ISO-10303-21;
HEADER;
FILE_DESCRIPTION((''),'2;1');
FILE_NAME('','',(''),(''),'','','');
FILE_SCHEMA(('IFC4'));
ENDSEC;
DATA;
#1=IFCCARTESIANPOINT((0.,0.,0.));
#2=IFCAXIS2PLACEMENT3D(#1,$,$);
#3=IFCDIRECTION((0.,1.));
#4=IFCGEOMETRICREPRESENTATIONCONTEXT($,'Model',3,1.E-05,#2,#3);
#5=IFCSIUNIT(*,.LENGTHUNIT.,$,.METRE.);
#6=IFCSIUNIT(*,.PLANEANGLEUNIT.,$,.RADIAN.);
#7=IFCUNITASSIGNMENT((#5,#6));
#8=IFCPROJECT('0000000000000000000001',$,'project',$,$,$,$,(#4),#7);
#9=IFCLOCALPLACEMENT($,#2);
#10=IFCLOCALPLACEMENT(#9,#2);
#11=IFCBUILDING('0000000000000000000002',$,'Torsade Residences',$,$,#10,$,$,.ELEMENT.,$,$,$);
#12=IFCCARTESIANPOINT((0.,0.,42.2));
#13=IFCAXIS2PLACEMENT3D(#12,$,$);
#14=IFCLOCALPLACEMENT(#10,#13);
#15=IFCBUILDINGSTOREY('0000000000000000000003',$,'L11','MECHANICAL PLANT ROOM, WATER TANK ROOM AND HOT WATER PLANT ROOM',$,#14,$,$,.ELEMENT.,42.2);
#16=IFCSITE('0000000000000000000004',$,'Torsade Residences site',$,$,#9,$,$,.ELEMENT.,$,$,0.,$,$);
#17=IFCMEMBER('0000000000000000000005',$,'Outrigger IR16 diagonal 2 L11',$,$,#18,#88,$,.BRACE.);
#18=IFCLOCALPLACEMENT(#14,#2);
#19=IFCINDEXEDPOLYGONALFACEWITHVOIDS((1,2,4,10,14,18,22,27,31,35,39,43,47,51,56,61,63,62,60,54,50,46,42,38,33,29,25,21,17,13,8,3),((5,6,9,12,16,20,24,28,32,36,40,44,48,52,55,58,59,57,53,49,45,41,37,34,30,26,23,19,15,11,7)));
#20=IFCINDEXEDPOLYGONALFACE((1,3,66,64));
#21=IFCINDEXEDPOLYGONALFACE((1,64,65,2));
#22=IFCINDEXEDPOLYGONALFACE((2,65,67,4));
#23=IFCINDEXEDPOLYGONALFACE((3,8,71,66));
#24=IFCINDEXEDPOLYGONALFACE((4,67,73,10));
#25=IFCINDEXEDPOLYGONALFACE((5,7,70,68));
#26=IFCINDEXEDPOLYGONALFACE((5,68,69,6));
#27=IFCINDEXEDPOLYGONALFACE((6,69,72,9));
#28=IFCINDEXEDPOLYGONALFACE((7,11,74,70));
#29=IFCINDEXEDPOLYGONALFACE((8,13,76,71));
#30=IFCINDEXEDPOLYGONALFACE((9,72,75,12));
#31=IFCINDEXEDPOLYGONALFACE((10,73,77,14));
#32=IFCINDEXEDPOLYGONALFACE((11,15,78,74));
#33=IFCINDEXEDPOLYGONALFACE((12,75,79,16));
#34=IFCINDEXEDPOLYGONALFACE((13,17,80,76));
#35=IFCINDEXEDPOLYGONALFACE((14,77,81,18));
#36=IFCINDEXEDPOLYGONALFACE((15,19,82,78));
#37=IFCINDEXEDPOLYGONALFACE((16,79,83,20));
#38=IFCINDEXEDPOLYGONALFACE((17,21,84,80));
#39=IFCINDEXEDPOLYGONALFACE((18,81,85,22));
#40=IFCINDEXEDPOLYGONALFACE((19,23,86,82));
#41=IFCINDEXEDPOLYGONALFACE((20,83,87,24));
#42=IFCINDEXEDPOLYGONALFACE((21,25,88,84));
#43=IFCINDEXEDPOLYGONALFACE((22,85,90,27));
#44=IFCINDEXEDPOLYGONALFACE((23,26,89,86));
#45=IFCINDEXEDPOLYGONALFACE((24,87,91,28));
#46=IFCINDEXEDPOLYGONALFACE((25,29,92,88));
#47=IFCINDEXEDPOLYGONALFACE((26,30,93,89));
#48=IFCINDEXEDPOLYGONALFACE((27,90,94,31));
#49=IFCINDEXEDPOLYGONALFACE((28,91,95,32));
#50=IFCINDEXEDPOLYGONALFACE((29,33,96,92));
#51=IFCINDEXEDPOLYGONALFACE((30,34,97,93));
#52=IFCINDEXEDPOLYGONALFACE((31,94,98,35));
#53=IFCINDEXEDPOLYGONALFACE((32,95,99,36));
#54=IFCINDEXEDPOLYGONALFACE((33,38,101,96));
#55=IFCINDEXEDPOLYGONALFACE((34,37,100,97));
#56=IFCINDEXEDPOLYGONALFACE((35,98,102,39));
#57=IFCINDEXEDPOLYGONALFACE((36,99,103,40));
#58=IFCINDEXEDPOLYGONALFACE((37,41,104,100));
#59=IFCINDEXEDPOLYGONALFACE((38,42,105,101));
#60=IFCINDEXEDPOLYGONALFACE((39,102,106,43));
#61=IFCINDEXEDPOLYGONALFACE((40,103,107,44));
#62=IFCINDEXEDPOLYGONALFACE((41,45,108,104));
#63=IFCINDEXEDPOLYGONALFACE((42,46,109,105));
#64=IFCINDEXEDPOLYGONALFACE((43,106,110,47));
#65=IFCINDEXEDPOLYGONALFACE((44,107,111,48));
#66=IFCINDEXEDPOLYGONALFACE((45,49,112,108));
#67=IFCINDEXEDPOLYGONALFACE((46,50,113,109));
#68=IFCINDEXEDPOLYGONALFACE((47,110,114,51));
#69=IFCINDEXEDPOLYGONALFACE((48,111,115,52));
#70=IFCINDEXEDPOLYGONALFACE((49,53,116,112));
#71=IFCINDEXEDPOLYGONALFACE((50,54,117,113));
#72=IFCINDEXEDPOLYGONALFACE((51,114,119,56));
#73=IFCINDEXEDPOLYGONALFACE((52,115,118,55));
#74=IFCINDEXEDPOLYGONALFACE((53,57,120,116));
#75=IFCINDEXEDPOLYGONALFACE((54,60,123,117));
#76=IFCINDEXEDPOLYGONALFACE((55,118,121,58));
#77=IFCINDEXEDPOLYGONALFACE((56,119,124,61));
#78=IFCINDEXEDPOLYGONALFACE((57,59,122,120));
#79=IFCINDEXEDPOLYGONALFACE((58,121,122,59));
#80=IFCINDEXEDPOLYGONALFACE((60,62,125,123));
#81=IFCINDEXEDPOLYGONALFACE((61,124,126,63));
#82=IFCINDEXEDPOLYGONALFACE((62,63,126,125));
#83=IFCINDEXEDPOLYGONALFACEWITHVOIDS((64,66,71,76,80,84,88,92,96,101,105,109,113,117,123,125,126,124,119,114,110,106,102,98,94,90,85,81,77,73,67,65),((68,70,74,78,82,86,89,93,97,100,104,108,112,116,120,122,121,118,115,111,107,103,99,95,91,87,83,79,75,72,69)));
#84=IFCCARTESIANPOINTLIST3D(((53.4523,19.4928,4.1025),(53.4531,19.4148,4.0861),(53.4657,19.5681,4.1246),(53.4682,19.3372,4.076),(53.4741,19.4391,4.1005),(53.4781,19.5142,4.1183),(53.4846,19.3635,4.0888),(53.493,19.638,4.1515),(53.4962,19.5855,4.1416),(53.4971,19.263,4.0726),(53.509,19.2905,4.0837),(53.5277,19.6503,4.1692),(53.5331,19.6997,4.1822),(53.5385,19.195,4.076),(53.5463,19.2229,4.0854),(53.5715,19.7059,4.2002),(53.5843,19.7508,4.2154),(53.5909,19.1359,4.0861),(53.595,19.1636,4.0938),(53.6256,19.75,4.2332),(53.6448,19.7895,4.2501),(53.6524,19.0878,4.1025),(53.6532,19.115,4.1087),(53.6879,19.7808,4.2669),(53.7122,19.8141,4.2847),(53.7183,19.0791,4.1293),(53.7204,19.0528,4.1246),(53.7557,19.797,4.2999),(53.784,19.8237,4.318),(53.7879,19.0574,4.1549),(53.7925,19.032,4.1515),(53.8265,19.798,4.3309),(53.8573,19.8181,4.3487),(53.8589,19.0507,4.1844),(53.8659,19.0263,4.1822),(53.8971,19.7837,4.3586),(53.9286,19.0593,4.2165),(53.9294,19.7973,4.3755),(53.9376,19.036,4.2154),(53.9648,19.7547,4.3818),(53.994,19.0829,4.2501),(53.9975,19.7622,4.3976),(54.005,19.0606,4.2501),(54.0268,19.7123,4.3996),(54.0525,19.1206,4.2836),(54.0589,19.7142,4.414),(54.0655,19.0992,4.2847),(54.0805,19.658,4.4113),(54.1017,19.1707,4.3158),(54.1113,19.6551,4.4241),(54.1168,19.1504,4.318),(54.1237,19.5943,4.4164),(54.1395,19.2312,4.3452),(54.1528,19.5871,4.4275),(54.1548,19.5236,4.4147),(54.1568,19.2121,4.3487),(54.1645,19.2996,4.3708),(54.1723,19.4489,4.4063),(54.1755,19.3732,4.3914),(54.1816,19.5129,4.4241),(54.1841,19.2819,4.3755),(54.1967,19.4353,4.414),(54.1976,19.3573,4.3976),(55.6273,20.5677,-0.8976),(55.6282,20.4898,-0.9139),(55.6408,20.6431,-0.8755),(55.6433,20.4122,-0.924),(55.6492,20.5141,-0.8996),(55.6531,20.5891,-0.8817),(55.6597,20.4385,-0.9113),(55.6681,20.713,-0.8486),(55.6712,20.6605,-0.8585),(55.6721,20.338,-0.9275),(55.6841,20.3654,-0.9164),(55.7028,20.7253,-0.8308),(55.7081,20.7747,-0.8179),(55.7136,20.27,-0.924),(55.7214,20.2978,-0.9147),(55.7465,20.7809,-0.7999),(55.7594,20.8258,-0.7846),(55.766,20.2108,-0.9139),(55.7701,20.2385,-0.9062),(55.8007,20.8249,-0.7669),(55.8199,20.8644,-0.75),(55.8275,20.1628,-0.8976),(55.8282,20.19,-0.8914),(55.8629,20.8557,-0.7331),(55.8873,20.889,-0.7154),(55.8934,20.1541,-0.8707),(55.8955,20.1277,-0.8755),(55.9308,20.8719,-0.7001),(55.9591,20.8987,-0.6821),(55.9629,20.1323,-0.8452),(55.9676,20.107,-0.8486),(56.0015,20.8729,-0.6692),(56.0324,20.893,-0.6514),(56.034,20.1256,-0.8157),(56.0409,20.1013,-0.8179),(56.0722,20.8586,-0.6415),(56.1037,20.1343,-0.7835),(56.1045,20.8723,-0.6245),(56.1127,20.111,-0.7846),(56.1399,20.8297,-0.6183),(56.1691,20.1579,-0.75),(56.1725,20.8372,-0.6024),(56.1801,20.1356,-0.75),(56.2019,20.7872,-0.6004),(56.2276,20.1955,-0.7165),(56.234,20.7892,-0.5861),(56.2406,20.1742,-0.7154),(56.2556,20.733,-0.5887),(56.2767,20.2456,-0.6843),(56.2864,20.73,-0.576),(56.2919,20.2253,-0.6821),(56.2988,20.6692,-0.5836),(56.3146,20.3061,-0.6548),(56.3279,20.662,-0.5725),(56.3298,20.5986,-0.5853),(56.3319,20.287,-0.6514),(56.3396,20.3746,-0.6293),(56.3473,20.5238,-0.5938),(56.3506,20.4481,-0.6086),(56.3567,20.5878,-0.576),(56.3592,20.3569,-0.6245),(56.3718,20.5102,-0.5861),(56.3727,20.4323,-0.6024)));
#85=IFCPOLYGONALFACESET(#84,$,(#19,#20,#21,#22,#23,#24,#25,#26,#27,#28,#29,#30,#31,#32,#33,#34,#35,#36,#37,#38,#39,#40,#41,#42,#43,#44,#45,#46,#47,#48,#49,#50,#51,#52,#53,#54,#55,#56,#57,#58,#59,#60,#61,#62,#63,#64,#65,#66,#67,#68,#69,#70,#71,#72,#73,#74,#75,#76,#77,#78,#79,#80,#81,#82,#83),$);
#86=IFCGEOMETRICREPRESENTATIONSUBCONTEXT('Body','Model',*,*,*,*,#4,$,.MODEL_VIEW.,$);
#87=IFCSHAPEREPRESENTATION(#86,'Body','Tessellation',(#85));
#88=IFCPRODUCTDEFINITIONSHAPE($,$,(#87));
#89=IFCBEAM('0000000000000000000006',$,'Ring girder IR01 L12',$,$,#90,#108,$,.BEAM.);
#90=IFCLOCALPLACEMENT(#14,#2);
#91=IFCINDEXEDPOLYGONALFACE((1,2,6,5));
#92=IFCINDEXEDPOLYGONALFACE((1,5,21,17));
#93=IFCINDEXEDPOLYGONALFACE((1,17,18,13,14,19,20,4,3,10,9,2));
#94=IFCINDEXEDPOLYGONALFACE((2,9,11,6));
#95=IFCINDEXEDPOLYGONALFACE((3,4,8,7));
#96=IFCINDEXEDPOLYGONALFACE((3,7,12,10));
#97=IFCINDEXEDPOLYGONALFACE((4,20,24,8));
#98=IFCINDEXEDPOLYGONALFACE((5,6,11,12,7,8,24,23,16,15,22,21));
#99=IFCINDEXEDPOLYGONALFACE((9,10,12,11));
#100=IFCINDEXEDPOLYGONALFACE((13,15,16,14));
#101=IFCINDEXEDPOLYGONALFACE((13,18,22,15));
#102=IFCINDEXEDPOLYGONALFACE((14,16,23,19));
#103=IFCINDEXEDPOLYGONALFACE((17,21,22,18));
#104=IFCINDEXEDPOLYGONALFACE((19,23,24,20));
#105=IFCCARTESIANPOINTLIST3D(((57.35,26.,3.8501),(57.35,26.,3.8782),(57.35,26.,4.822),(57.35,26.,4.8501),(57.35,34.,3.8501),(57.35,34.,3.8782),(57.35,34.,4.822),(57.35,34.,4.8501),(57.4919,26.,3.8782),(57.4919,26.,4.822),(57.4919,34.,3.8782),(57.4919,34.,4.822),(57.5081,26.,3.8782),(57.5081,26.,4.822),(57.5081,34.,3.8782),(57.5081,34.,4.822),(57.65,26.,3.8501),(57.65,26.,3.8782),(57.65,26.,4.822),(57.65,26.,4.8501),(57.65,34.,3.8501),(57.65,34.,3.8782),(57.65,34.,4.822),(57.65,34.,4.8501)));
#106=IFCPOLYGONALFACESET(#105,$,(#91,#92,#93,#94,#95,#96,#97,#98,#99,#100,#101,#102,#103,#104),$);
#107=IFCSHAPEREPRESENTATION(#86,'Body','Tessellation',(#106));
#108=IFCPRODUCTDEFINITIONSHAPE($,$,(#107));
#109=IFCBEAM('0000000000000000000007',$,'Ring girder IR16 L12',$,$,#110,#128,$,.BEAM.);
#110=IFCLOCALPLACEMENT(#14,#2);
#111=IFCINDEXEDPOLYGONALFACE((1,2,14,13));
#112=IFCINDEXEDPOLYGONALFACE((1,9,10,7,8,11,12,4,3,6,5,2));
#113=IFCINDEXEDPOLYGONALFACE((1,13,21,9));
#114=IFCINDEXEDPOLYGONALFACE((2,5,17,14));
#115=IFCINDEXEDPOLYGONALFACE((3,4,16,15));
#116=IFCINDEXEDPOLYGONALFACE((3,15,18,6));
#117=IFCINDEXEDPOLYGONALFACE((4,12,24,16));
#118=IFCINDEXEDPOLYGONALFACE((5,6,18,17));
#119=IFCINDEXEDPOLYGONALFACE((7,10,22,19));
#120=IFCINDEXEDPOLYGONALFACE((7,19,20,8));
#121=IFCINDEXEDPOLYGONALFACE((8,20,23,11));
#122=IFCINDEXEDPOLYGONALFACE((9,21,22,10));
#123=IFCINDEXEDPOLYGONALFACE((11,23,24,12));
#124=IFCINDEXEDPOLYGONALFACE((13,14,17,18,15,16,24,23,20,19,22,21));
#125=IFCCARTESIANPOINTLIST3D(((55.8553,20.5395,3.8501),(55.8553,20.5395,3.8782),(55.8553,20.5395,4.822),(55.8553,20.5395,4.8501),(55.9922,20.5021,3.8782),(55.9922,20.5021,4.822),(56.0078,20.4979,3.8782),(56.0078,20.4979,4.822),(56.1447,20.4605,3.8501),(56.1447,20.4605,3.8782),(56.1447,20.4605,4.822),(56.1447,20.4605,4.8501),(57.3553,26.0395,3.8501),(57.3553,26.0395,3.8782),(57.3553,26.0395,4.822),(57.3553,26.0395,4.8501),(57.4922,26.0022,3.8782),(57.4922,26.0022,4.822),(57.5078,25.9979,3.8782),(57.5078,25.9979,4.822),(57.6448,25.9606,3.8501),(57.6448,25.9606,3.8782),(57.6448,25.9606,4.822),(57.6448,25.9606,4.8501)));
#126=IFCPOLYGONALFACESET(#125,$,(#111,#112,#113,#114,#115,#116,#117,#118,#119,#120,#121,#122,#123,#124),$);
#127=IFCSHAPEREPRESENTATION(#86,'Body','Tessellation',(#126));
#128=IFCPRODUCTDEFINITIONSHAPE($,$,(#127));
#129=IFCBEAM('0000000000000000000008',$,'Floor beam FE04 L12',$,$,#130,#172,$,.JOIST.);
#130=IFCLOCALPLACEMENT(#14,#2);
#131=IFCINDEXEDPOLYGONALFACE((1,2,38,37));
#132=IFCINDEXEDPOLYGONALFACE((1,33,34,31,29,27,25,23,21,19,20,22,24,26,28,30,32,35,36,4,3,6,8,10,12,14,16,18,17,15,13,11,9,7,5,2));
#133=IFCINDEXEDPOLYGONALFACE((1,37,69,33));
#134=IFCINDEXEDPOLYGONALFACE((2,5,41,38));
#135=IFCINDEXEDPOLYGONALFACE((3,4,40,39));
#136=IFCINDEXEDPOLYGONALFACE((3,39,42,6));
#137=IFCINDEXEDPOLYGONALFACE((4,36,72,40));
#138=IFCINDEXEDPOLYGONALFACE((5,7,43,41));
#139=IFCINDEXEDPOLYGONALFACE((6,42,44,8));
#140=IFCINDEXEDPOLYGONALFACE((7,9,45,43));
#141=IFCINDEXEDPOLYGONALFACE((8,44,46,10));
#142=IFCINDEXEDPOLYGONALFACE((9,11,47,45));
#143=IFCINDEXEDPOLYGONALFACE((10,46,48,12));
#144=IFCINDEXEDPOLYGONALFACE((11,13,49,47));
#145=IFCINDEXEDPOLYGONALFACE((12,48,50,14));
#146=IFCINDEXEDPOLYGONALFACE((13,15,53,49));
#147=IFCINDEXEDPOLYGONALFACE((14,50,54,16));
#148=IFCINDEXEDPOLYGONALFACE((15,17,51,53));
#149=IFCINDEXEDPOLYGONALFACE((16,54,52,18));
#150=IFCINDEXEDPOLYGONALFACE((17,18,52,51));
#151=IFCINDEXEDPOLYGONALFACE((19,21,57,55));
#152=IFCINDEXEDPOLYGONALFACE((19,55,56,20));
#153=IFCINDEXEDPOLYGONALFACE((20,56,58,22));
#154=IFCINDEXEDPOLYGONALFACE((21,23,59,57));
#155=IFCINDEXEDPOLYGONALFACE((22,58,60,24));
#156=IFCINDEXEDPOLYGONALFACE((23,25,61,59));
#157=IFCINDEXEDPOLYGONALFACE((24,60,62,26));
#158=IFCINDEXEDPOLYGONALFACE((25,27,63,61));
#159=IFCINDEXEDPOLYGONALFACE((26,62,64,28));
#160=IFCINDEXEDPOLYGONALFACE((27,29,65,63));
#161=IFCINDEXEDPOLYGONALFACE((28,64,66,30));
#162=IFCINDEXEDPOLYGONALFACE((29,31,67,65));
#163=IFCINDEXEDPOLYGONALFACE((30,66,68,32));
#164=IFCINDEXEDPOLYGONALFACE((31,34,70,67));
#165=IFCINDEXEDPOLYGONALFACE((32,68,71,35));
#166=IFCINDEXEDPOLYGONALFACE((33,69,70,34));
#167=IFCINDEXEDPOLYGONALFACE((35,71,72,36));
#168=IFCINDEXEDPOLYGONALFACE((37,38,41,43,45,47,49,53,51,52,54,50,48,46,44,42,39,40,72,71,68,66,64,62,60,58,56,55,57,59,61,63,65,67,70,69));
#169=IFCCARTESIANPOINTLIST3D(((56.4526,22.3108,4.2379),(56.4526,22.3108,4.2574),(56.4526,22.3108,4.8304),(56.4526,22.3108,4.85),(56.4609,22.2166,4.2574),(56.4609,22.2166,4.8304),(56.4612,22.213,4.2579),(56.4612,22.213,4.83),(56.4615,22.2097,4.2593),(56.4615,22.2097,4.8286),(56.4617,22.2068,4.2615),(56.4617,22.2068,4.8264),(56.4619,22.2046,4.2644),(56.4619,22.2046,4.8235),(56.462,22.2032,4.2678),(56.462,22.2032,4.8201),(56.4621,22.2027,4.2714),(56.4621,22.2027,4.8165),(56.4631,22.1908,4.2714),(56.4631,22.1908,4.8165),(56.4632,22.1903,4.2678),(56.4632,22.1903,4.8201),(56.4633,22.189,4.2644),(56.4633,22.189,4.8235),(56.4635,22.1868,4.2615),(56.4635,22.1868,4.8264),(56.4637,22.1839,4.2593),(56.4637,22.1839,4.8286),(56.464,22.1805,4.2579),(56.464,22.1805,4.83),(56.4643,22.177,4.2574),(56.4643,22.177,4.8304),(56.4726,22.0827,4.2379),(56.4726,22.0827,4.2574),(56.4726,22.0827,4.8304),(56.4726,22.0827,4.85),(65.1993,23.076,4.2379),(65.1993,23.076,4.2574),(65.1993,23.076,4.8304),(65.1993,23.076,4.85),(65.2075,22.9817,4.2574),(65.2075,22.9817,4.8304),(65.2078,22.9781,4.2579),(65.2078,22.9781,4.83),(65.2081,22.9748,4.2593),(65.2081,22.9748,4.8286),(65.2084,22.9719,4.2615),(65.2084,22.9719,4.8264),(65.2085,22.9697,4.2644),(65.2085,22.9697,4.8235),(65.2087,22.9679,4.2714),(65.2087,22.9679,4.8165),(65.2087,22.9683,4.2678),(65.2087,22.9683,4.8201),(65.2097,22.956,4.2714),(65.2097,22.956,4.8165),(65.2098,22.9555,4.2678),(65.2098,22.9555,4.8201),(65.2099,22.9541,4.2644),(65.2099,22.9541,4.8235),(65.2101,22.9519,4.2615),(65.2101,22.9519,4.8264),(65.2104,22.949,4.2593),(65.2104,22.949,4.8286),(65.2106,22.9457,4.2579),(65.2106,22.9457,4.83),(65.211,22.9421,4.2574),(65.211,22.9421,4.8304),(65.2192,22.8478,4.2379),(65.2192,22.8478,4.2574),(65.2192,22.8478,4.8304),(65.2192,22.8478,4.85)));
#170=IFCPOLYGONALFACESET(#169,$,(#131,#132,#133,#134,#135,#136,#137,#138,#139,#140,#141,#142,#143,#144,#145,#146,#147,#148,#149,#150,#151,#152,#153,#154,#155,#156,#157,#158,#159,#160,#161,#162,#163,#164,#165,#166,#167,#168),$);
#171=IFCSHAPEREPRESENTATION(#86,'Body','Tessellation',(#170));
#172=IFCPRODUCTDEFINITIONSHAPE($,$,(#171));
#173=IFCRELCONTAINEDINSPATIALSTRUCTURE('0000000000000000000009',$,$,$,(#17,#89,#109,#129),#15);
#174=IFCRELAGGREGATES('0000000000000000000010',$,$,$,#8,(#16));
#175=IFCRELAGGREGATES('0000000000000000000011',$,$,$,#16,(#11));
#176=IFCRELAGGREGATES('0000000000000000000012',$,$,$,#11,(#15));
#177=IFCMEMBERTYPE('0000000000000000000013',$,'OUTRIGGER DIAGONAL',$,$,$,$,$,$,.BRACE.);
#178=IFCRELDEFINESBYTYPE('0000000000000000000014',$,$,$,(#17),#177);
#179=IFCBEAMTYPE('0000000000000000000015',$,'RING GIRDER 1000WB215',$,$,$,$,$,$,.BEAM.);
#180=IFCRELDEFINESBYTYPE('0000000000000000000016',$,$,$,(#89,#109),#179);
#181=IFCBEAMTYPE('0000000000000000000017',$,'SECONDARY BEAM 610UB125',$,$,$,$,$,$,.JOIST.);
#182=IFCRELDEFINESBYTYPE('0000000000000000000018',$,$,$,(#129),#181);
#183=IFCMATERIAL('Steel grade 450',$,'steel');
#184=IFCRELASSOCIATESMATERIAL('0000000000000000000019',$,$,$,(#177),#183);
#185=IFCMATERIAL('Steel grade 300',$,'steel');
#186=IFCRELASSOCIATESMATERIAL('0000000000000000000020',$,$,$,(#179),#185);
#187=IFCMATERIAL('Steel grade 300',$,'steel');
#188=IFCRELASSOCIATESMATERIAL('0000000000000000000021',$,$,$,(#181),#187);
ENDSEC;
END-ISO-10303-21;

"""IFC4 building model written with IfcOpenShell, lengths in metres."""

from ifc_helpers import new_model, si_unit, direction, frame, origin, origin_2d, place, context, subcontext, project, spatial, hollow_circle, i_section, extrude, material, material_profile, profile_set, type_object, element, save


model = new_model("IFC4")

# Units and contexts
model_context = context("Model", 3, precision=1e-05, world=origin(), true_north=direction((0.0, 1.0)))
body_context = subcontext(model_context, "Body", "Model", "MODEL_VIEW")
ifc_project = project(units=[si_unit("LENGTHUNIT", "METRE"), si_unit("PLANEANGLEUNIT", "RADIAN")], contexts=[model_context])

# Site, building, storey
site_placement = place(None, origin())
site = spatial("IfcSite", under=ifc_project, at=site_placement, Name="Torsade Residences site", CompositionType="ELEMENT", RefElevation=0.0)
building_placement = place(site_placement, origin())
building = spatial("IfcBuilding", under=site, at=building_placement, Name="Torsade Residences", CompositionType="ELEMENT")
storey_placement = place(building_placement, frame((0.0, 0.0, 42.2)))
storey = spatial("IfcBuildingStorey", under=building, at=storey_placement, Name="L11", Description="MECHANICAL PLANT ROOM, WATER TANK ROOM AND HOT WATER PLANT ROOM", CompositionType="ELEMENT", Elevation=42.2)

# Member
ifc_material_1 = material(Name="Steel grade 450", Category="steel")
ifc_material_profile_1 = material_profile(ifc_material_1, hollow_circle(Radius=0.4065, WallThickness=0.0249, at=origin_2d()), Name="813.0x25.0CHS")
ifc_profile_set_1 = profile_set([ifc_material_profile_1], Name="Steel grade 450")
member_type_1 = type_object("IfcMemberType", Name="OUTRIGGER DIAGONAL", PredefinedType="BRACE", material=ifc_profile_set_1)
member_1_placement = place(storey_placement, frame((56.0, 20.5, -0.75), z_axis=(-0.391368, -0.193422, 0.899677), x_axis=(0.443063, -0.896491, 0.0)))
element("IfcMember", 1, at=member_1_placement, inside=storey, type_object=member_type_1, Name="Outrigger IR16 diagonal 2 L11", PredefinedType="BRACE", context=body_context, shape_type="SweptSolid", body=[
    extrude(hollow_circle(Radius=0.4065, WallThickness=0.0249, at=origin_2d()), origin(), (0.0, 0.0, 1.0), 5.5576),
])

# Beams
ifc_material_2 = material(Name="Steel grade 300", Category="steel")
ifc_material_profile_2 = material_profile(ifc_material_2, i_section(OverallWidth=0.3, OverallDepth=1.0, WebThickness=0.0161, FlangeThickness=0.0281, at=origin_2d()), Name="1000WB215")
ifc_profile_set_2 = profile_set([ifc_material_profile_2], Name="Steel grade 300")
beam_type_1 = type_object("IfcBeamType", Name="RING GIRDER 1000WB215", PredefinedType="BEAM", material=ifc_profile_set_2)
beam_1_placement = place(storey_placement, frame((57.5, 26.0, 4.3501), z_axis=(0.0, 1.0, 0.0), x_axis=(-1.0, 0.0, 0.0)))
element("IfcBeam", 2, at=beam_1_placement, inside=storey, type_object=beam_type_1, Name="Ring girder IR01 L12", PredefinedType="BEAM", context=body_context, shape_type="SweptSolid", body=[
    extrude(i_section(OverallWidth=0.3, OverallDepth=1.0, WebThickness=0.0161, FlangeThickness=0.0281, at=origin_2d()), origin(), (0.0, 0.0, 1.0), 8.0),
])
beam_2_placement = place(storey_placement, frame((56.0, 20.5, 4.3501), z_axis=(0.263117, 0.964764, 0.0), x_axis=(-0.964764, 0.263117, 0.0)))
element("IfcBeam", 3, at=beam_2_placement, inside=storey, type_object=beam_type_1, Name="Ring girder IR16 L12", PredefinedType="BEAM", context=body_context, shape_type="SweptSolid", body=[
    extrude(i_section(OverallWidth=0.3, OverallDepth=1.0, WebThickness=0.0161, FlangeThickness=0.0281, at=origin_2d()), origin(), (0.0, 0.0, 1.0), 5.7009),
])
ifc_material_3 = material(Name="Steel grade 300", Category="steel")
ifc_material_profile_3 = material_profile(ifc_material_3, i_section(OverallWidth=0.229, OverallDepth=0.6121, WebThickness=0.012, FlangeThickness=0.0195, FilletRadius=0.0139, at=origin_2d()), Name="610UB125")
ifc_profile_set_3 = profile_set([ifc_material_profile_3], Name="Steel grade 300")
beam_type_2 = type_object("IfcBeamType", Name="SECONDARY BEAM 610UB125", PredefinedType="JOIST", material=ifc_profile_set_3)
beam_3_placement = place(storey_placement, frame((65.2092, 22.9619, 4.5439), z_axis=(-0.996196, -0.087146, 0.0), x_axis=(0.087146, -0.996196, 0.0)))
element("IfcBeam", 4, at=beam_3_placement, inside=storey, type_object=beam_type_2, Name="Floor beam FE04 L12", PredefinedType="JOIST", context=body_context, shape_type="SweptSolid", body=[
    extrude(i_section(OverallWidth=0.229, OverallDepth=0.6121, WebThickness=0.012, FlangeThickness=0.0195, FilletRadius=0.0139, at=origin_2d()), origin(), (0.0, 0.0, 1.0), 8.78),
])

save(model, "model.ifc")
